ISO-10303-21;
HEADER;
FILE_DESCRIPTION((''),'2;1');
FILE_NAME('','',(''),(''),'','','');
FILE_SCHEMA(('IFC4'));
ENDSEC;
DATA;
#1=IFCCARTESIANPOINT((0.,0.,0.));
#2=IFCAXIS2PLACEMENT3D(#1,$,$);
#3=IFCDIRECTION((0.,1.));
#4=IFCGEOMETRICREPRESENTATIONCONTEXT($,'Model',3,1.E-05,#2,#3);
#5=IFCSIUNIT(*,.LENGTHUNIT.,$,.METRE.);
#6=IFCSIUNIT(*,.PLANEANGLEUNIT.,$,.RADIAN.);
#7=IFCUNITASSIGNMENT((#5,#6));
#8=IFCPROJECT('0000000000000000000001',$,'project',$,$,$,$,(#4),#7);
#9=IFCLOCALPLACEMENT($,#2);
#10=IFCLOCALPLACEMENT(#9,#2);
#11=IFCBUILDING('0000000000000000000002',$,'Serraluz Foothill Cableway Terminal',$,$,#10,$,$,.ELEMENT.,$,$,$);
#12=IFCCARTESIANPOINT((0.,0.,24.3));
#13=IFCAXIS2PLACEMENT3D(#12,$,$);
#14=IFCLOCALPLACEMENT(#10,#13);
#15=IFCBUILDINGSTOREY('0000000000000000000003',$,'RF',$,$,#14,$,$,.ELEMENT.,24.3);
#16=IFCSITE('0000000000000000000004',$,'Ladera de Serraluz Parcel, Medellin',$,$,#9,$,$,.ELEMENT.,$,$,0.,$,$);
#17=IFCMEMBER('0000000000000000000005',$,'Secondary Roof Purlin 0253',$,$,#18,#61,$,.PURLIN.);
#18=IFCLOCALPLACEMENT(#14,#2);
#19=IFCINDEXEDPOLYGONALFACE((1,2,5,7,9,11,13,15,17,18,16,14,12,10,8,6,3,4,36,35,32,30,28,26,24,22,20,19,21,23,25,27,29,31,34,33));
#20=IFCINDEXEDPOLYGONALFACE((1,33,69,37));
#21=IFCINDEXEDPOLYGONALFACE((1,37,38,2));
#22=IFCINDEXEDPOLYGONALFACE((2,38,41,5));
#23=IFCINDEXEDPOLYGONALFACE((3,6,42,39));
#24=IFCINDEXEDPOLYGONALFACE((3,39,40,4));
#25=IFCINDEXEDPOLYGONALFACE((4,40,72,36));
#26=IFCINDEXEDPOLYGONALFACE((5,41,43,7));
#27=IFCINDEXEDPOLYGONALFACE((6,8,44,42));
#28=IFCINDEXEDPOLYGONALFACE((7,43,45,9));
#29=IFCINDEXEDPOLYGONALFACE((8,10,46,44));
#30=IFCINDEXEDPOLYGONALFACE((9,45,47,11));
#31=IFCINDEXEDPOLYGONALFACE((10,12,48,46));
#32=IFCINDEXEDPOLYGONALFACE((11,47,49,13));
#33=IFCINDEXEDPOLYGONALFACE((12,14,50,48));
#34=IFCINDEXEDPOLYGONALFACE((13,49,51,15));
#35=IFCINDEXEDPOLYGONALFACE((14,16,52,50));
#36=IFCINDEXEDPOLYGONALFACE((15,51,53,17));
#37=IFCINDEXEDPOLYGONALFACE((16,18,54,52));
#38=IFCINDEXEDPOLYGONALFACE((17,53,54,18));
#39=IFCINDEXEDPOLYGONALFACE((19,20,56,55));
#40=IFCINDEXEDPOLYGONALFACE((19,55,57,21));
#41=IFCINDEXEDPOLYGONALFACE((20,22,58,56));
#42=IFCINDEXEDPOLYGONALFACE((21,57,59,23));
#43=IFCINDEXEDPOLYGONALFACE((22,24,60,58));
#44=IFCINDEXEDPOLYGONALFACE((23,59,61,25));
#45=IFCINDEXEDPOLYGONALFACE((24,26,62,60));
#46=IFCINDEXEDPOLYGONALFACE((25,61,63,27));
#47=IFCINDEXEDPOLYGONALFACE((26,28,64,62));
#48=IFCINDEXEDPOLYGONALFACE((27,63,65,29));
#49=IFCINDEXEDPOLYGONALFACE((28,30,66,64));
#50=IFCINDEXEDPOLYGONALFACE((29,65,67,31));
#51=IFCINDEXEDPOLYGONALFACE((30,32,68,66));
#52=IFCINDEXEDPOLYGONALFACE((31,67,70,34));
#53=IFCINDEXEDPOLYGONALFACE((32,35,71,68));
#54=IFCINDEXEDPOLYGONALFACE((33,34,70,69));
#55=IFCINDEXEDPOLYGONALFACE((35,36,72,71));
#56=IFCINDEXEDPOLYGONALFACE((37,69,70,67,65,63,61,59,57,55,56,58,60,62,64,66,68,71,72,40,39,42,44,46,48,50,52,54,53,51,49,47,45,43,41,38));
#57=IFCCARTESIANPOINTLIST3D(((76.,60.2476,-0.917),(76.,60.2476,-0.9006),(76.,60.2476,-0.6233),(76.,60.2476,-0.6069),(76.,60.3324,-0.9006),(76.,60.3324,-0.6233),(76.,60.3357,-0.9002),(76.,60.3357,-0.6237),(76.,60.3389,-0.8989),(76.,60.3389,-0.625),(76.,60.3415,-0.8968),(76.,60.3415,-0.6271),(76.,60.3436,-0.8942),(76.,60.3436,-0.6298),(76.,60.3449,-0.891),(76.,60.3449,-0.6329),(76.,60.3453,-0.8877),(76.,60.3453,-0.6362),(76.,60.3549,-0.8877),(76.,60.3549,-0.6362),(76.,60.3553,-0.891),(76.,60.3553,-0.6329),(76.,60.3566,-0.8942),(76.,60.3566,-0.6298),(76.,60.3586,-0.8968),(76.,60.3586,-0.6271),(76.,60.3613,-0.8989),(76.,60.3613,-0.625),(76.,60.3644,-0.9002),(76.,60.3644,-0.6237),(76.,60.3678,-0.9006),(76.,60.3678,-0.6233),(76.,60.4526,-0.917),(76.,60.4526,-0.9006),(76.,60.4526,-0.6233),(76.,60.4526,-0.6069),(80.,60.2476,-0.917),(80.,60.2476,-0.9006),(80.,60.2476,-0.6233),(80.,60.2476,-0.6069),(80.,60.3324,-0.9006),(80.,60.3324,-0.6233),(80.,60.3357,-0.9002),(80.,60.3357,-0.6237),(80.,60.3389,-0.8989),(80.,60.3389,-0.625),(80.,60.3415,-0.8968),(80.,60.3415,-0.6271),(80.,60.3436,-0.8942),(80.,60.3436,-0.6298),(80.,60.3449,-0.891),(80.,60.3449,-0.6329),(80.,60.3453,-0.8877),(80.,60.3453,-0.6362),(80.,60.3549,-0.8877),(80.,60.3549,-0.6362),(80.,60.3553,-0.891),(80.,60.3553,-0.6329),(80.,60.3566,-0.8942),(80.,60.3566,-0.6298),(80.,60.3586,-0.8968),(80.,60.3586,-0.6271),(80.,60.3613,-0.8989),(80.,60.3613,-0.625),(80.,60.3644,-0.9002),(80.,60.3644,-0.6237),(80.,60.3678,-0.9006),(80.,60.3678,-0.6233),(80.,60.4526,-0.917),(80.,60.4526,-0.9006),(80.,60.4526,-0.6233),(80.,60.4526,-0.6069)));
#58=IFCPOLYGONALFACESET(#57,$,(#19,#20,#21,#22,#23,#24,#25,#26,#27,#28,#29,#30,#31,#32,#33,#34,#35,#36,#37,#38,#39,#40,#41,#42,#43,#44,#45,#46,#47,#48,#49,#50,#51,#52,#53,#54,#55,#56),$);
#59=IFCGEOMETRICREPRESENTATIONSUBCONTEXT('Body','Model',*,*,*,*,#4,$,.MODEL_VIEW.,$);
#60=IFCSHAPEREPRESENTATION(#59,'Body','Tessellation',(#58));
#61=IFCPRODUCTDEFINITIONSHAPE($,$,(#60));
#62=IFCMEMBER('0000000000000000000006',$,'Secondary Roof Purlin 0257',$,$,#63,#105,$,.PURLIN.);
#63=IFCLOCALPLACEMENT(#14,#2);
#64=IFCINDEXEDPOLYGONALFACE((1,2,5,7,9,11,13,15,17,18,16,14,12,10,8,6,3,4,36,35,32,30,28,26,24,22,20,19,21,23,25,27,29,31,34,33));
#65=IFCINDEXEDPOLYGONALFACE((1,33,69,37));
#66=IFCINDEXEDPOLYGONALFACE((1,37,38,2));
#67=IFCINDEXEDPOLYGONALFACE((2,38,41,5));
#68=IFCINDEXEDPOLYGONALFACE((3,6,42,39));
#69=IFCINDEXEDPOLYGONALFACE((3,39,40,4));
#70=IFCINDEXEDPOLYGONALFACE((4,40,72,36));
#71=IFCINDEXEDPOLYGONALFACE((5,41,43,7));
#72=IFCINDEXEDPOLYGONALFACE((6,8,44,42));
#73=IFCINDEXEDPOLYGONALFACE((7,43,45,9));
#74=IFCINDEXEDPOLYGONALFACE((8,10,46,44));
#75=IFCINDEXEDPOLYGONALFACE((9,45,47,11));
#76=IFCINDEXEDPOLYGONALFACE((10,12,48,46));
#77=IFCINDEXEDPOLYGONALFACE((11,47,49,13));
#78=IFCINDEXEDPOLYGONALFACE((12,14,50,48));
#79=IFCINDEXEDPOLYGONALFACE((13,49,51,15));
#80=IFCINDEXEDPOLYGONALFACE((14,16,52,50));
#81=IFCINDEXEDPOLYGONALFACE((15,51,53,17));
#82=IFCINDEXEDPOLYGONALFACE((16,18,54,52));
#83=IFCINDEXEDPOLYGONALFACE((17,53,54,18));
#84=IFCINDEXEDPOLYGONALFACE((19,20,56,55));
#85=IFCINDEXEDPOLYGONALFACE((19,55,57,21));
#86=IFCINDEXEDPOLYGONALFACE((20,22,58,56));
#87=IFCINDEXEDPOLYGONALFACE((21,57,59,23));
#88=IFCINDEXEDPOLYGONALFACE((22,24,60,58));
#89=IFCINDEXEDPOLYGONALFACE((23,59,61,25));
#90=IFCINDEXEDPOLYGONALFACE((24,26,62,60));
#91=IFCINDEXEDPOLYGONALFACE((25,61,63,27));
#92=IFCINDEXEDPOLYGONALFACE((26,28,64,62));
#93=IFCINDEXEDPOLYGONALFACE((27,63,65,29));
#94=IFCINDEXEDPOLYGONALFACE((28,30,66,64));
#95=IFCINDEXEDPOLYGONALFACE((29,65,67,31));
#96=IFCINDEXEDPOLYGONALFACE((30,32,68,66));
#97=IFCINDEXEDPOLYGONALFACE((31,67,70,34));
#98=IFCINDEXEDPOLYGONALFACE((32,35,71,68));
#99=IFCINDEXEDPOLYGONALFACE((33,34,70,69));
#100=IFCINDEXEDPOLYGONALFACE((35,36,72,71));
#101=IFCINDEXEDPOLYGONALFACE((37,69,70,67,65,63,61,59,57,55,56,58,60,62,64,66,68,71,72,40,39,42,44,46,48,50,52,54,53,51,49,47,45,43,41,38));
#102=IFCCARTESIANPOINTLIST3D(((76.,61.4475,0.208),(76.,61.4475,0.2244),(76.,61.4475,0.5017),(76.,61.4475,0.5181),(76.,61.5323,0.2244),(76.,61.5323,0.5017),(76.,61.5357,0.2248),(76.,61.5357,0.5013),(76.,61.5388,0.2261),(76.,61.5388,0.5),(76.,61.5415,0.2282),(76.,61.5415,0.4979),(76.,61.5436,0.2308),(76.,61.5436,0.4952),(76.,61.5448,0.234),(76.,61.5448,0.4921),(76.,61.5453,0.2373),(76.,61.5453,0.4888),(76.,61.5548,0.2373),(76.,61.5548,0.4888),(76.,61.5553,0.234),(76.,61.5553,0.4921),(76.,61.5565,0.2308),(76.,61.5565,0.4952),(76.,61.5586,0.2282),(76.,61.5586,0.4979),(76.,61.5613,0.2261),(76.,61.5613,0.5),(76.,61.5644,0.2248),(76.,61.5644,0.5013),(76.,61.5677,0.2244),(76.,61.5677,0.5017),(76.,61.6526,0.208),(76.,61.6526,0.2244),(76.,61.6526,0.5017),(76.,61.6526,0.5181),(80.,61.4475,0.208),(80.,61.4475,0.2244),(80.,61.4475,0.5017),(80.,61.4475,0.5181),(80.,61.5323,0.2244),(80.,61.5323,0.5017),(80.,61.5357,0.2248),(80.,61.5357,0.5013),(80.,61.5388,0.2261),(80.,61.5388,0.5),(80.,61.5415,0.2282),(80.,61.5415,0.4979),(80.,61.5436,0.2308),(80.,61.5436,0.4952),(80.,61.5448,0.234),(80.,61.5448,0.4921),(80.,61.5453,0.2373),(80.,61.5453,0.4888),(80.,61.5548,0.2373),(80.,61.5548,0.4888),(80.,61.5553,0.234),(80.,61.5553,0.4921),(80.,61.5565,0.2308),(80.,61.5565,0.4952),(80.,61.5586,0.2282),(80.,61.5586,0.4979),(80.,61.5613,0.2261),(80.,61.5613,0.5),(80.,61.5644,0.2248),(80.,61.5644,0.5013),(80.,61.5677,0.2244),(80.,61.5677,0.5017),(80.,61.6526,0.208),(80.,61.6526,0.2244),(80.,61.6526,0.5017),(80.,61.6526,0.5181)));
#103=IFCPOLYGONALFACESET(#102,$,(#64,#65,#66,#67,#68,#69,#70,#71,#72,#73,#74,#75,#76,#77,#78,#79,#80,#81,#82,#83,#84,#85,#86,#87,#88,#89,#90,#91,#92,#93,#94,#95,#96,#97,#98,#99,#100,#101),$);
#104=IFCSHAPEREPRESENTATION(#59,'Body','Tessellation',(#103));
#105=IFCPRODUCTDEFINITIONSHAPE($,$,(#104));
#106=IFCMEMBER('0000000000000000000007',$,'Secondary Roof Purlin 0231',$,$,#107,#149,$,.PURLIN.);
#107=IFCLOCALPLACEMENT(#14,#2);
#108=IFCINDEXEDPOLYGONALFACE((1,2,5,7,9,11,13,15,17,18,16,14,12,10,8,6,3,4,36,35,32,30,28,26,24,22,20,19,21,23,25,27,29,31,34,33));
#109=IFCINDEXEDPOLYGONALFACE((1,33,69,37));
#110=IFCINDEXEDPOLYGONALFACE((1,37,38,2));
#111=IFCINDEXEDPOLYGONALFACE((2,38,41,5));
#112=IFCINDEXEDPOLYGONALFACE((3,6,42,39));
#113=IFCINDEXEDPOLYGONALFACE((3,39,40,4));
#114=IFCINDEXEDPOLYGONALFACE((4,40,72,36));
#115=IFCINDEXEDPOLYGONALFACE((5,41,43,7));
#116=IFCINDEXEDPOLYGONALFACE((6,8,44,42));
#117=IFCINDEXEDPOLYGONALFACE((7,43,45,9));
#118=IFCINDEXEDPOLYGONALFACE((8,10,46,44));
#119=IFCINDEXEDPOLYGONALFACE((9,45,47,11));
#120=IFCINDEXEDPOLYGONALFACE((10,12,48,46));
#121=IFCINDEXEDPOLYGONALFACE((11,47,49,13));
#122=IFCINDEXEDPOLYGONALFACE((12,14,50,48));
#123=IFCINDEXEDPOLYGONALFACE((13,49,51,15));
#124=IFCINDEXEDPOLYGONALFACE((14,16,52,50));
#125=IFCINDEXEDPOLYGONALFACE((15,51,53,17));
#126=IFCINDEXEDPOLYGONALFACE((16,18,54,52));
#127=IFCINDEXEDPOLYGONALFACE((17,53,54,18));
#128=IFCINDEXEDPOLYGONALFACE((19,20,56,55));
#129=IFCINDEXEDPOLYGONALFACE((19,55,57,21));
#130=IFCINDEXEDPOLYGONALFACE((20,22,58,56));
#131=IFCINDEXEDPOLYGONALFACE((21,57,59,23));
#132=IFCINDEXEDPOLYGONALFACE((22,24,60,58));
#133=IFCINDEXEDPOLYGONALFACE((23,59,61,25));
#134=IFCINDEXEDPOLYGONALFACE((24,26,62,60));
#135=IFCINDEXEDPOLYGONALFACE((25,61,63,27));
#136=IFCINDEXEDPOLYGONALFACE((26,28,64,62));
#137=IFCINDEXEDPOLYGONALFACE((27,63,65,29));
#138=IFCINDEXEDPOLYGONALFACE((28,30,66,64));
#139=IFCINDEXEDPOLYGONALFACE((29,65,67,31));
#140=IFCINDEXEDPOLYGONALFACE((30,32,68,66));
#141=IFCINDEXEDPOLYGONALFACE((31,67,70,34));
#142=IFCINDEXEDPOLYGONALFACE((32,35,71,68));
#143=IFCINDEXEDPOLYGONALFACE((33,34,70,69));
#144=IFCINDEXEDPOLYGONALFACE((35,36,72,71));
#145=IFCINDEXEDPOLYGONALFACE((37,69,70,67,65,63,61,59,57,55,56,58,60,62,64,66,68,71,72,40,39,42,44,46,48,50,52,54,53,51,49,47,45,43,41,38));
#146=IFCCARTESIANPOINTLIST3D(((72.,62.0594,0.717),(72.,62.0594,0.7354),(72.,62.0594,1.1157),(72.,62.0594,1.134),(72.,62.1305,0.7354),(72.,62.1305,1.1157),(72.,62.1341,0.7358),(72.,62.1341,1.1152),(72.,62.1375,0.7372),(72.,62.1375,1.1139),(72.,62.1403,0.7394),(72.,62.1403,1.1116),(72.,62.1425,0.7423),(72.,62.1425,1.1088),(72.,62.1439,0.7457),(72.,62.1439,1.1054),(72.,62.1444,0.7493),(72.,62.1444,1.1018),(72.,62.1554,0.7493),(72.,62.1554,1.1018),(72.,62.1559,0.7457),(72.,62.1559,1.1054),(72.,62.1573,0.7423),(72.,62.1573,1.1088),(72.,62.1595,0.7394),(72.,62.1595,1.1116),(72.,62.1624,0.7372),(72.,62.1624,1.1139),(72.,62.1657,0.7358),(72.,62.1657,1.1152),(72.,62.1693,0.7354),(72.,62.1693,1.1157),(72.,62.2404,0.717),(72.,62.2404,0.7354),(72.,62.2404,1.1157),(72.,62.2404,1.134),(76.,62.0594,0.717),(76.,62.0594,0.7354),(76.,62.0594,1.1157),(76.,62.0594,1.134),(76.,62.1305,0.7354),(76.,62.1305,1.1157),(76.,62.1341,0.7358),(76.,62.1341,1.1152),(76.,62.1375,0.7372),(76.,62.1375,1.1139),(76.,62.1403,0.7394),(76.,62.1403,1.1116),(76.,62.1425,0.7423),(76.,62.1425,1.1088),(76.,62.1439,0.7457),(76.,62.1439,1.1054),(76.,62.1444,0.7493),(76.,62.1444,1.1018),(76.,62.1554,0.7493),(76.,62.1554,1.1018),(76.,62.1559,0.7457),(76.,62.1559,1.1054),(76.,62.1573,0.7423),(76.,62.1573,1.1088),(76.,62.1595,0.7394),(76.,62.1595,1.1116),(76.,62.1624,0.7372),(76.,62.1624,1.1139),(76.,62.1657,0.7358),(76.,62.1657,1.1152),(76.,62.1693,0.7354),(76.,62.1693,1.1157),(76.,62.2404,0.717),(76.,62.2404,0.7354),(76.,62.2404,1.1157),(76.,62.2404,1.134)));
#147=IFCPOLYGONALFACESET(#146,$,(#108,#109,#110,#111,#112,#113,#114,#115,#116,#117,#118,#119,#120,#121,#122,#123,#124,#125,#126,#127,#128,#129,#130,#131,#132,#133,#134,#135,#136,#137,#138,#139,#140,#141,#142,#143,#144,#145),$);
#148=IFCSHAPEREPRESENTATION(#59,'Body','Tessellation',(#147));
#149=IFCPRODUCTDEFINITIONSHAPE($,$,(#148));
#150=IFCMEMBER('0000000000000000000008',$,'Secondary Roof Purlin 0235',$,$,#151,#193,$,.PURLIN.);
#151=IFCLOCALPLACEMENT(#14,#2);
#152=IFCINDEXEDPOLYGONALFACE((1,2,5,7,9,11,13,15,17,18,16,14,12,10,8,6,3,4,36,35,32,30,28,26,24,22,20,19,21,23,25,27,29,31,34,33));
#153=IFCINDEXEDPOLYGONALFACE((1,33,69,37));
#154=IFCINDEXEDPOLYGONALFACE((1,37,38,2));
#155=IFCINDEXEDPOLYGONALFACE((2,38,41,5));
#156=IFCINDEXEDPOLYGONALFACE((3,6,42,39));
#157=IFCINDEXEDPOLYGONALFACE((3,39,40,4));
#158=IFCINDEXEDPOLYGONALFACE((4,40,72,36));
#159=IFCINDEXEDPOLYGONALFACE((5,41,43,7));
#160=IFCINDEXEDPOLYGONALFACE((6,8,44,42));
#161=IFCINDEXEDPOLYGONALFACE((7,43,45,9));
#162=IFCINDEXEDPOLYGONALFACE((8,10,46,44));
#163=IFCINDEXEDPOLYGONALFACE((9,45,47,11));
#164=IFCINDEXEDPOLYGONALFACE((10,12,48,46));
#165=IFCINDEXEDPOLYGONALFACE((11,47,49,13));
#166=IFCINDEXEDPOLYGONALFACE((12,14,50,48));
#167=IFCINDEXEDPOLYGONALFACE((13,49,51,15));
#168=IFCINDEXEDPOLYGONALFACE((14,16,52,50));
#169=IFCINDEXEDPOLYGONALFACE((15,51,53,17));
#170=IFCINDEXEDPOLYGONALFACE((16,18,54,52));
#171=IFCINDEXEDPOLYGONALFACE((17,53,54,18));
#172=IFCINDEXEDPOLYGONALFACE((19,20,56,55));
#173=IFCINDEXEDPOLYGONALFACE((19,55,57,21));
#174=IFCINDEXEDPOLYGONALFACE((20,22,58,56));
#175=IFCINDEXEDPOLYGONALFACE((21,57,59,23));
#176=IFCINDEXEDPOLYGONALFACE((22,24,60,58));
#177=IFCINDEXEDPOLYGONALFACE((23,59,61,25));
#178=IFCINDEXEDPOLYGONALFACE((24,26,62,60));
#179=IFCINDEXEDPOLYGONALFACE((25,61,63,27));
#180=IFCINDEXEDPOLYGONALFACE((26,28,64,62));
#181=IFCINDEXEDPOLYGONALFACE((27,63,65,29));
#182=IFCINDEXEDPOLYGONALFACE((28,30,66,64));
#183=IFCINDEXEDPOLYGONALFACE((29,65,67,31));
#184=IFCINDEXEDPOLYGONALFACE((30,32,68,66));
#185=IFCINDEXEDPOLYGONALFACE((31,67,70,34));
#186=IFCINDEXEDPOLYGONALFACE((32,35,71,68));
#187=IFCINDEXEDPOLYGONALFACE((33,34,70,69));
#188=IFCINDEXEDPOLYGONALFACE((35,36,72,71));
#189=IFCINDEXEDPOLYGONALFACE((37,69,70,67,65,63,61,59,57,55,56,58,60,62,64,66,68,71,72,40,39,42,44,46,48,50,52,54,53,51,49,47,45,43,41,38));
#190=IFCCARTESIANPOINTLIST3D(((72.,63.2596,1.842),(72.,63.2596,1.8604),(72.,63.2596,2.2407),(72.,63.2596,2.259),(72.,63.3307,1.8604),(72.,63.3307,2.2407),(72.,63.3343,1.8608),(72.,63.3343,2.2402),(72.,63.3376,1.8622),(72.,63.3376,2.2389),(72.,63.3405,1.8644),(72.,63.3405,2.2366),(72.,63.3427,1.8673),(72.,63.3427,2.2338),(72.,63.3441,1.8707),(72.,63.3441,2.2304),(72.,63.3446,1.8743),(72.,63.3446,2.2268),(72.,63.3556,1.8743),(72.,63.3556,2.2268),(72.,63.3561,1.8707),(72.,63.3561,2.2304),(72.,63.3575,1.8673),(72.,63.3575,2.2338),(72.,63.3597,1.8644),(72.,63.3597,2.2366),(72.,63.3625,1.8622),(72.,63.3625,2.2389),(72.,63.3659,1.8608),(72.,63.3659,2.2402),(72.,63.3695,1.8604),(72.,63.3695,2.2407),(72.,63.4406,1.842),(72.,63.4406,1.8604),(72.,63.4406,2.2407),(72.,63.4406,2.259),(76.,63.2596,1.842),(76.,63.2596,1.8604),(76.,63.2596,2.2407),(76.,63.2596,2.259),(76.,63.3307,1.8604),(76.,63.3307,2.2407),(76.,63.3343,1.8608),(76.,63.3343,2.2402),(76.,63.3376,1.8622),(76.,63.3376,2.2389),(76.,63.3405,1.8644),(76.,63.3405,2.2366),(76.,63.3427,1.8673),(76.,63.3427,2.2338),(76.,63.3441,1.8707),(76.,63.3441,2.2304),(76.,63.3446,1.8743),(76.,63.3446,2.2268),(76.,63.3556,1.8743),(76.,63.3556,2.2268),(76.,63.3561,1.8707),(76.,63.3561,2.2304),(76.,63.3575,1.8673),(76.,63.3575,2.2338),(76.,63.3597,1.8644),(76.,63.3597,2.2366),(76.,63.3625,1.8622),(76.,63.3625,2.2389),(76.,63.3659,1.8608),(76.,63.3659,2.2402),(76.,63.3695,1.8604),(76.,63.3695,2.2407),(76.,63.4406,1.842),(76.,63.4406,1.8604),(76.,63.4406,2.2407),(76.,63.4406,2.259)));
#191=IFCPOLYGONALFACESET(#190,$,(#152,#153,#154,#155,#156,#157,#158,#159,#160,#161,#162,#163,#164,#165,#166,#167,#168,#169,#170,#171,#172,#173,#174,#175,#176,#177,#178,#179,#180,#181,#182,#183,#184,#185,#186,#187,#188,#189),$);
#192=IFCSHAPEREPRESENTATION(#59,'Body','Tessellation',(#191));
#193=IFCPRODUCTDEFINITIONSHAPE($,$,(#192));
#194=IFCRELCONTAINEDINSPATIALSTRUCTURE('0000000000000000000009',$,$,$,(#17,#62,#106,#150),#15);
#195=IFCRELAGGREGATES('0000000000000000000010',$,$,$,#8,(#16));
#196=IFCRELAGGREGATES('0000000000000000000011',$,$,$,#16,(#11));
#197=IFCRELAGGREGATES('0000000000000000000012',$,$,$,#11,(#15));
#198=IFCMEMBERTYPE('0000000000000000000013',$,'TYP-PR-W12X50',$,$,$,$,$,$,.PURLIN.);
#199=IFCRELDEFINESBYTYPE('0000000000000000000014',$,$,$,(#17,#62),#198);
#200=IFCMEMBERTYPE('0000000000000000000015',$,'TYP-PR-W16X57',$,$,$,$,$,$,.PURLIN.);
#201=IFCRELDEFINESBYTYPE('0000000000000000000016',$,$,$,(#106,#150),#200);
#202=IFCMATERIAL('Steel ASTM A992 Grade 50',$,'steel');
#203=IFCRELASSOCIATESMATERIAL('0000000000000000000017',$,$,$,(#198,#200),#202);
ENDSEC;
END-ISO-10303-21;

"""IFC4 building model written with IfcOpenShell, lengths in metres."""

from ifc_helpers import new_model, si_unit, direction, frame, origin, origin_2d, place, context, subcontext, project, spatial, i_section, extrude, material, material_profile, profile_set, type_object, element, save


model = new_model("IFC4")

# Units and contexts
model_context = context("Model", 3, precision=1e-05, world=origin(), true_north=direction((0.0, 1.0)))
body_context = subcontext(model_context, "Body", "Model", "MODEL_VIEW")
ifc_project = project(units=[si_unit("LENGTHUNIT", "METRE"), si_unit("PLANEANGLEUNIT", "RADIAN")], contexts=[model_context])

# Site, building, storey
site_placement = place(None, origin())
site = spatial("IfcSite", under=ifc_project, at=site_placement, Name="Ladera de Serraluz Parcel, Medellin", CompositionType="ELEMENT", RefElevation=0.0)
building_placement = place(site_placement, origin())
building = spatial("IfcBuilding", under=site, at=building_placement, Name="Serraluz Foothill Cableway Terminal", CompositionType="ELEMENT")
storey_placement = place(building_placement, frame((0.0, 0.0, 24.3)))
storey = spatial("IfcBuildingStorey", under=building, at=storey_placement, Name="RF", CompositionType="ELEMENT", Elevation=24.3)

# Members
ifc_material_1 = material(Name="Steel ASTM A992 Grade 50", Category="steel")
ifc_material_profile_1 = material_profile(ifc_material_1, i_section(OverallWidth=0.2051, OverallDepth=0.3101, WebThickness=0.0095, FlangeThickness=0.0164, FilletRadius=0.0129, at=origin_2d()), Name="W12X50")
ifc_profile_set_1 = profile_set([ifc_material_profile_1], Name="Steel ASTM A992 Grade 50")
member_type_1 = type_object("IfcMemberType", Name="TYP-PR-W12X50", PredefinedType="PURLIN", material=ifc_profile_set_1)
for number, where, z_axis, x_axis, name in (
    (1, (76.0, 60.3501, -0.762), (1.0, 0.0, 0.0), (0.0, 1.0, 0.0), "Secondary Roof Purlin 0253"),
    (2, (76.0, 61.55, 0.363), (1.0, 0.0, 0.0), (0.0, 1.0, 0.0), "Secondary Roof Purlin 0257"),
):
    element("IfcMember", number, at=place(storey_placement, frame(where, z_axis=z_axis, x_axis=x_axis)), inside=storey, type_object=member_type_1, Name=name, PredefinedType="PURLIN", context=body_context, shape_type="SweptSolid", body=[
        extrude(i_section(OverallWidth=0.2051, OverallDepth=0.3101, WebThickness=0.0095, FlangeThickness=0.0164, FilletRadius=0.0129, at=origin_2d()), origin(), (0.0, 0.0, 1.0), 4.0),
    ])
ifc_material_profile_2 = material_profile(ifc_material_1, i_section(OverallWidth=0.1809, OverallDepth=0.417, WebThickness=0.011, FlangeThickness=0.0183, FilletRadius=0.0139, at=origin_2d()), Name="W16X57")
ifc_profile_set_2 = profile_set([ifc_material_profile_2], Name="Steel ASTM A992 Grade 50")
member_type_2 = type_object("IfcMemberType", Name="TYP-PR-W16X57", PredefinedType="PURLIN", material=ifc_profile_set_2)
for number, where, z_axis, x_axis, name in (
    (3, (72.0, 62.1499, 0.9255), (1.0, 0.0, 0.0), (0.0, 1.0, 0.0), "Secondary Roof Purlin 0231"),
    (4, (72.0, 63.3501, 2.0505), (1.0, 0.0, 0.0), (0.0, 1.0, 0.0), "Secondary Roof Purlin 0235"),
):
    element("IfcMember", number, at=place(storey_placement, frame(where, z_axis=z_axis, x_axis=x_axis)), inside=storey, type_object=member_type_2, Name=name, PredefinedType="PURLIN", context=body_context, shape_type="SweptSolid", body=[
        extrude(i_section(OverallWidth=0.1809, OverallDepth=0.417, WebThickness=0.011, FlangeThickness=0.0183, FilletRadius=0.0139, at=origin_2d()), origin(), (0.0, 0.0, 1.0), 4.0),
    ])

save(model, "model.ifc")
